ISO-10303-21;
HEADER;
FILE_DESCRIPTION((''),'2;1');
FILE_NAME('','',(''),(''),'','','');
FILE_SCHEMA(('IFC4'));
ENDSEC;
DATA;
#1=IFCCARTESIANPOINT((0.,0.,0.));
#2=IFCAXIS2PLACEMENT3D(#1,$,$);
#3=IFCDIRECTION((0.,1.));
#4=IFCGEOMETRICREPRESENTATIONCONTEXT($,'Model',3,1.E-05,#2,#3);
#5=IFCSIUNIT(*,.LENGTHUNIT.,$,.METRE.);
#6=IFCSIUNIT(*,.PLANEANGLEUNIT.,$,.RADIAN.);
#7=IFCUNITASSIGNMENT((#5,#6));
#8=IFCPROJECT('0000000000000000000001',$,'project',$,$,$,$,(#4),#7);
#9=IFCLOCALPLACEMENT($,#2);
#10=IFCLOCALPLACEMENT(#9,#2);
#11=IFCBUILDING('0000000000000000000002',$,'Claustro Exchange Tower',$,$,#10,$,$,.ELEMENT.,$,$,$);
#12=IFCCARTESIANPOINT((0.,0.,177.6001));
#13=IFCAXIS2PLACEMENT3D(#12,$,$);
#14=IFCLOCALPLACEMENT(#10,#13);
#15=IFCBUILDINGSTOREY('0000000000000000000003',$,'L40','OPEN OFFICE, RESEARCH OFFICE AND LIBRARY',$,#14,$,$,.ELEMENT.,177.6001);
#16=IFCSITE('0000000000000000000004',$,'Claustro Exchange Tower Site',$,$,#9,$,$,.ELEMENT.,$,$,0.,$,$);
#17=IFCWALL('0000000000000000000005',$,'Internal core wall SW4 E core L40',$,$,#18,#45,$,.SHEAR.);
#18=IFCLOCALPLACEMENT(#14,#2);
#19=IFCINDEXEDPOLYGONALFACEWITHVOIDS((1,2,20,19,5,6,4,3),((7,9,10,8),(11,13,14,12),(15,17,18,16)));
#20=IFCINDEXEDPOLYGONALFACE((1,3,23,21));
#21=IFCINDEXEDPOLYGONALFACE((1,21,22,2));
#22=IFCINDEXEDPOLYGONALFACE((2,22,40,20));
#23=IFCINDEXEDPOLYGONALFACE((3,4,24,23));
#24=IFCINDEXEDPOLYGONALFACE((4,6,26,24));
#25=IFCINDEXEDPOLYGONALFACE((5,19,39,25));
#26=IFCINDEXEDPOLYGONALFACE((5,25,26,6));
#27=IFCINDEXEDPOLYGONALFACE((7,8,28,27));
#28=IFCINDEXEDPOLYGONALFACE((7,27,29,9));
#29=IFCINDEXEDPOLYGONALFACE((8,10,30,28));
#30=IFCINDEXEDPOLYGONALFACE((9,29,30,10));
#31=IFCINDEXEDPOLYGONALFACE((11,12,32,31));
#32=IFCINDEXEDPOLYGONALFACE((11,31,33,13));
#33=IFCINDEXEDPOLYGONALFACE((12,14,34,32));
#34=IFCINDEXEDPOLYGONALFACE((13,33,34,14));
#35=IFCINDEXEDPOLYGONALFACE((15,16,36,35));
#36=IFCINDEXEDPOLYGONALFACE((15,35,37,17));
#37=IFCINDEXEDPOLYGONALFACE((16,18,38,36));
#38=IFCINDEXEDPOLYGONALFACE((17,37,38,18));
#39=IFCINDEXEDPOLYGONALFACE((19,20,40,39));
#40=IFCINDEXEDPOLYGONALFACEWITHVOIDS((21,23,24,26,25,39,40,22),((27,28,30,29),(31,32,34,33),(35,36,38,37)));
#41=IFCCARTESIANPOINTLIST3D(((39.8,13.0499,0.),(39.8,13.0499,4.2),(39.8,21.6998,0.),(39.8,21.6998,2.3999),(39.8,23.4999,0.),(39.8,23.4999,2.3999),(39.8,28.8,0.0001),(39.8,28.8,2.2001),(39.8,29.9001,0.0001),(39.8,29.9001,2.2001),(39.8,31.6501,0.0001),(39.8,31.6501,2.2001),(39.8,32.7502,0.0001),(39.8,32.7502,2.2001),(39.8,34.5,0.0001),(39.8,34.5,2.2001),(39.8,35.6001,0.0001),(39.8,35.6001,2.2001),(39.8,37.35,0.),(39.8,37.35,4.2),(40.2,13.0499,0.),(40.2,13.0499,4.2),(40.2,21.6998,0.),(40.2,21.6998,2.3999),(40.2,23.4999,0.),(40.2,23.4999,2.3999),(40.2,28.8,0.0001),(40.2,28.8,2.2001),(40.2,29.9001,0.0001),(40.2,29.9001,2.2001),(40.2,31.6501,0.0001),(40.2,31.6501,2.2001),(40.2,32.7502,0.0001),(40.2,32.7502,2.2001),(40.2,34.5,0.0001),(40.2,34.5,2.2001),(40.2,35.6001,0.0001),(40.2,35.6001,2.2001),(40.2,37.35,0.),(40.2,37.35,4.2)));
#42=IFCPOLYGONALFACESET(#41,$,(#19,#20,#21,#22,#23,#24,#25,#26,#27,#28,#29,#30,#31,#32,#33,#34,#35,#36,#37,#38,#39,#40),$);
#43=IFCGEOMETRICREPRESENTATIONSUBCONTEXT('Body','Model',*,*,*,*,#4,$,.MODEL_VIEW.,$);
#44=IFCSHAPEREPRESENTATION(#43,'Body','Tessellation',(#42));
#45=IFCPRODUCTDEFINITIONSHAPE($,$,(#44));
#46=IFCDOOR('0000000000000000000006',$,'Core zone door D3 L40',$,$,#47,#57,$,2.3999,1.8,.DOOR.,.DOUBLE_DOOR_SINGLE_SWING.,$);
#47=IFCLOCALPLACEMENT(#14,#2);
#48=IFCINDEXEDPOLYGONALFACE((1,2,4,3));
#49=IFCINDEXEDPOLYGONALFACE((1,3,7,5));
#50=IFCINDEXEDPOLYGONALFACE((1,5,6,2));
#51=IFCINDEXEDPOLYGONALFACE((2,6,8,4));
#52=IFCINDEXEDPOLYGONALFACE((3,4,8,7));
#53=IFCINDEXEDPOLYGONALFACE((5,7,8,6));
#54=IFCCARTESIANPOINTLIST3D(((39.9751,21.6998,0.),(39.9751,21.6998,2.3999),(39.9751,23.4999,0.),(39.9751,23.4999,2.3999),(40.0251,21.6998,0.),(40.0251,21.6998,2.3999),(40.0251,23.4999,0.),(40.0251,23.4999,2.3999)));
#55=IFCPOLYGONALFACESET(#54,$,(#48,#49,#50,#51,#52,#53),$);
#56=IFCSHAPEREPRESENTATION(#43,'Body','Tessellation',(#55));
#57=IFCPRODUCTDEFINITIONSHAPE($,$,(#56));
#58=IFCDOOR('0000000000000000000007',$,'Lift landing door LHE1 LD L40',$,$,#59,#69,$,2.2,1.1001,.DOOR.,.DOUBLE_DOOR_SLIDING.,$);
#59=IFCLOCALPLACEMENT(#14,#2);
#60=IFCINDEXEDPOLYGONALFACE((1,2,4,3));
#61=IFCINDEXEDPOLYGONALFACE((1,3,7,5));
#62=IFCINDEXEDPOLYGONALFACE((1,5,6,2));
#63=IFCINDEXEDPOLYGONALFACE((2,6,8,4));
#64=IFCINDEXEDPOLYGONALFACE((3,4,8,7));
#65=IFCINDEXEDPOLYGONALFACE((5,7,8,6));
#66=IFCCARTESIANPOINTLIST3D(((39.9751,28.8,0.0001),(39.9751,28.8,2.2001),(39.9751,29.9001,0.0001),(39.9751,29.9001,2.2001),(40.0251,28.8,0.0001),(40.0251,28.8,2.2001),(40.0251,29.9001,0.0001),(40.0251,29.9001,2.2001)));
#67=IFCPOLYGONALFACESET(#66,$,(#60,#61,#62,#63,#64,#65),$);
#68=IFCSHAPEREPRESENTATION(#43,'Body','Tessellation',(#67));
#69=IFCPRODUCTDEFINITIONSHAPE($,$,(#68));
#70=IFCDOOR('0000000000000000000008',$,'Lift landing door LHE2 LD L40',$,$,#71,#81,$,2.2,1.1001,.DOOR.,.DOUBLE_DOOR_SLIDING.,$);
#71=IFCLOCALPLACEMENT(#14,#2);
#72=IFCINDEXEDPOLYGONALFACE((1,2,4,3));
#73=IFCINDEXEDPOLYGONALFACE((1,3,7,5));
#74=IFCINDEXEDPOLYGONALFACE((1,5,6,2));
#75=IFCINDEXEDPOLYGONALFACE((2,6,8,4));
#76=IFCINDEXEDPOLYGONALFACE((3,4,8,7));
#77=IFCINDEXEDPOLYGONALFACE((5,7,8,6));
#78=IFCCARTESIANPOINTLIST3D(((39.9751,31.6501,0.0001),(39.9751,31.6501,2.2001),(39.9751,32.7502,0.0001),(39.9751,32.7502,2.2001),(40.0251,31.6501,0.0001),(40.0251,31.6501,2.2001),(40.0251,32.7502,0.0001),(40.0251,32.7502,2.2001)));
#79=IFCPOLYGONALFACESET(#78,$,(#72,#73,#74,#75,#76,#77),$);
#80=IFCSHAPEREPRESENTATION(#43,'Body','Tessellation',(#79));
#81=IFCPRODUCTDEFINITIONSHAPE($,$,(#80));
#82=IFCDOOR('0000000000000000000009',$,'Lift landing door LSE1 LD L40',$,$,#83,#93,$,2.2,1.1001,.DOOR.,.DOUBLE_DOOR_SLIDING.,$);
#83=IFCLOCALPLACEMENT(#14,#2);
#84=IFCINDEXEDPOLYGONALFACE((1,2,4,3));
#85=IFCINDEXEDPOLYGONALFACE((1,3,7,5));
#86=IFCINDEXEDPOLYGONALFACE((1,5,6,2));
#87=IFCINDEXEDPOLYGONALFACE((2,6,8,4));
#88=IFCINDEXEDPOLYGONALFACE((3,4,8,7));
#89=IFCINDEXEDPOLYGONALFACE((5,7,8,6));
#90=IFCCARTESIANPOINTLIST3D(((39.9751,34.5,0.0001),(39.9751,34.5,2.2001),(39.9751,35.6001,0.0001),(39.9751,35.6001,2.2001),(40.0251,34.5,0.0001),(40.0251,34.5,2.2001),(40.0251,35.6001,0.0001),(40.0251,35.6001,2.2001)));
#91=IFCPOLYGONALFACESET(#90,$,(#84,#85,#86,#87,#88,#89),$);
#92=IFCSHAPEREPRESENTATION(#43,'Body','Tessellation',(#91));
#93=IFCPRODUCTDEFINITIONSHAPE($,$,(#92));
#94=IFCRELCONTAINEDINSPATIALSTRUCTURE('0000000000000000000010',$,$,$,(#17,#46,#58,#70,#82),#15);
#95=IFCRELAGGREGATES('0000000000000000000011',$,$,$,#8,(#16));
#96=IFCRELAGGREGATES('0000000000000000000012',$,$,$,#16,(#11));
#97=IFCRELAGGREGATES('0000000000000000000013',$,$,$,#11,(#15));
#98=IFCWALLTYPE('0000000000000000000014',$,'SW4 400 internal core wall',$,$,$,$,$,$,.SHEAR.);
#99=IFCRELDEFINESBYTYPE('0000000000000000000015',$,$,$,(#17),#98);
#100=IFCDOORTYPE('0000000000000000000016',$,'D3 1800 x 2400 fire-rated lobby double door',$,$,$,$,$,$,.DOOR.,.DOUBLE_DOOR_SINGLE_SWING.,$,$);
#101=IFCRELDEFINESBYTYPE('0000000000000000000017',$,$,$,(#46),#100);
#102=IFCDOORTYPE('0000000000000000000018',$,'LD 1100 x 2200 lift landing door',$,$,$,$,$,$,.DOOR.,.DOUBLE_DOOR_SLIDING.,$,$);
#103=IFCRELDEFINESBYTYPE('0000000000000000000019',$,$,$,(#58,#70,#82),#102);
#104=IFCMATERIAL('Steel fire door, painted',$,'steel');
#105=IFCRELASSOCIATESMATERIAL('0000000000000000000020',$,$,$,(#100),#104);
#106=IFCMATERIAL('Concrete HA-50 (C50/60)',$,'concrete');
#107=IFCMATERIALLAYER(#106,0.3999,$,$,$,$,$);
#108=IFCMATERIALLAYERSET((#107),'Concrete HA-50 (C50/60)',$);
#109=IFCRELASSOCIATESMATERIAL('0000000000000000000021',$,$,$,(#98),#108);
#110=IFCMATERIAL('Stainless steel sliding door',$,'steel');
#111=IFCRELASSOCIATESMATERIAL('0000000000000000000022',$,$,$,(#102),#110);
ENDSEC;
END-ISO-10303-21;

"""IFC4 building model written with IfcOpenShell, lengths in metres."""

from ifc_helpers import new_model, si_unit, direction, frame, frame_2d, origin, place, context, subcontext, project, spatial, rectangle, extrude, material, layer, layer_set, type_object, element, fill, save


model = new_model("IFC4")

# Units and contexts
model_context = context("Model", 3, precision=1e-05, world=origin(), true_north=direction((0.0, 1.0)))
body_context = subcontext(model_context, "Body", "Model", "MODEL_VIEW")
ifc_project = project(units=[si_unit("LENGTHUNIT", "METRE"), si_unit("PLANEANGLEUNIT", "RADIAN")], contexts=[model_context])

# Site, building, storey
site_placement = place(None, origin())
site = spatial("IfcSite", under=ifc_project, at=site_placement, Name="Claustro Exchange Tower Site", CompositionType="ELEMENT", RefElevation=0.0)
building_placement = place(site_placement, origin())
building = spatial("IfcBuilding", under=site, at=building_placement, Name="Claustro Exchange Tower", CompositionType="ELEMENT")
storey_placement = place(building_placement, frame((0.0, 0.0, 177.6001)))
storey = spatial("IfcBuildingStorey", under=building, at=storey_placement, Name="L40", Description="OPEN OFFICE, RESEARCH OFFICE AND LIBRARY", CompositionType="ELEMENT", Elevation=177.6001)

# Shared definitions
ifc_material_1 = material(Name="Steel fire door, painted", Category="steel")
door_type_1 = type_object("IfcDoorType", Name="D3 1800 x 2400 fire-rated lobby double door", OperationType="DOUBLE_DOOR_SINGLE_SWING", PredefinedType="DOOR", material=ifc_material_1)

# Wall, openings, doors
ifc_material_2 = material(Name="Concrete HA-50 (C50/60)", Category="concrete")
ifc_layer_1 = layer(ifc_material_2, 0.3999)
ifc_layer_set_1 = layer_set([ifc_layer_1], Name="Concrete HA-50 (C50/60)")
wall_type_1 = type_object("IfcWallType", Name="SW4 400 internal core wall", PredefinedType="SHEAR", material=ifc_layer_set_1)
wall_1_placement = place(storey_placement, frame((40.0, 13.05, 0.0), z_axis=(0.0, 0.0, 1.0), x_axis=(0.0, 1.0, 0.0)))
wall_1 = element("IfcWall", 1, at=wall_1_placement, inside=storey, type_object=wall_type_1, Name="Internal core wall SW4 E core L40", PredefinedType="SHEAR", context=body_context, shape_type="SweptSolid", body=[
    extrude(rectangle(XDim=24.3, YDim=0.3999, at=frame_2d((12.1499, 0.0))), origin(), (0.0, 0.0, 1.0), 4.2),
])
opening_1_placement = place(wall_1_placement, frame((15.75, 0.0, 0.0)))
opening_1 = element("IfcOpeningElement", 2, at=opening_1_placement, cuts=wall_1, PredefinedType="OPENING", context=body_context, shape_type="SweptSolid", body=[
    extrude(rectangle(XDim=1.1001, YDim=2.2, at=frame_2d((0.55, 1.1001))), frame((0.0, 0.21, 0.0), z_axis=(0.0, -1.0, 0.0), x_axis=(1.0, 0.0, 0.0)), (0.0, 0.0, 1.0), 0.4199),
])
opening_2_placement = place(wall_1_placement, frame((18.6001, 0.0, 0.0)))
opening_2 = element("IfcOpeningElement", 3, at=opening_2_placement, cuts=wall_1, PredefinedType="OPENING", context=body_context, shape_type="SweptSolid", body=[
    extrude(rectangle(XDim=1.1001, YDim=2.2, at=frame_2d((0.55, 1.1001))), frame((0.0, 0.21, 0.0), z_axis=(0.0, -1.0, 0.0), x_axis=(1.0, 0.0, 0.0)), (0.0, 0.0, 1.0), 0.4199),
])
opening_3_placement = place(wall_1_placement, frame((21.45, 0.0, 0.0)))
opening_3 = element("IfcOpeningElement", 4, at=opening_3_placement, cuts=wall_1, PredefinedType="OPENING", context=body_context, shape_type="SweptSolid", body=[
    extrude(rectangle(XDim=1.1001, YDim=2.2, at=frame_2d((0.55, 1.1001))), frame((0.0, 0.21, 0.0), z_axis=(0.0, -1.0, 0.0), x_axis=(1.0, 0.0, 0.0)), (0.0, 0.0, 1.0), 0.4199),
])
opening_4_placement = place(wall_1_placement, frame((8.6499, 0.0, 0.0)))
opening_4 = element("IfcOpeningElement", 5, at=opening_4_placement, cuts=wall_1, PredefinedType="OPENING", context=body_context, shape_type="SweptSolid", body=[
    extrude(rectangle(XDim=1.8, YDim=2.3999, at=frame_2d((0.8999, 1.2))), frame((0.0, 0.21, 0.0), z_axis=(0.0, -1.0, 0.0), x_axis=(1.0, 0.0, 0.0)), (0.0, 0.0, 1.0), 0.4199),
])
door_1_placement = place(opening_4_placement, origin())
door_1 = element("IfcDoor", 6, at=door_1_placement, inside=storey, type_object=door_type_1, Name="Core zone door D3 L40", OperationType="DOUBLE_DOOR_SINGLE_SWING", OverallHeight=2.3999, OverallWidth=1.8, PredefinedType="DOOR", context=body_context, shape_type="SweptSolid", body=[
    extrude(rectangle(XDim=1.8, YDim=2.3999, at=frame_2d((0.8999, 1.2))), frame((0.0, 0.0249, 0.0), z_axis=(0.0, -1.0, 0.0), x_axis=(1.0, 0.0, 0.0)), (0.0, 0.0, 1.0), 0.05),
])
fill(opening_4, door_1)
ifc_material_3 = material(Name="Stainless steel sliding door", Category="steel")
door_type_2 = type_object("IfcDoorType", Name="LD 1100 x 2200 lift landing door", OperationType="DOUBLE_DOOR_SLIDING", PredefinedType="DOOR", material=ifc_material_3)
door_2_placement = place(opening_1_placement, origin())
door_2 = element("IfcDoor", 7, at=door_2_placement, inside=storey, type_object=door_type_2, Name="Lift landing door LHE1 LD L40", OperationType="DOUBLE_DOOR_SLIDING", OverallHeight=2.2, OverallWidth=1.1001, PredefinedType="DOOR", context=body_context, shape_type="SweptSolid", body=[
    extrude(rectangle(XDim=1.1001, YDim=2.2, at=frame_2d((0.55, 1.1001))), frame((0.0, 0.0249, 0.0), z_axis=(0.0, -1.0, 0.0), x_axis=(1.0, 0.0, 0.0)), (0.0, 0.0, 1.0), 0.05),
])
fill(opening_1, door_2)
door_3_placement = place(opening_2_placement, origin())
door_3 = element("IfcDoor", 8, at=door_3_placement, inside=storey, type_object=door_type_2, Name="Lift landing door LHE2 LD L40", OperationType="DOUBLE_DOOR_SLIDING", OverallHeight=2.2, OverallWidth=1.1001, PredefinedType="DOOR", context=body_context, shape_type="SweptSolid", body=[
    extrude(rectangle(XDim=1.1001, YDim=2.2, at=frame_2d((0.55, 1.1001))), frame((0.0, 0.0249, 0.0), z_axis=(0.0, -1.0, 0.0), x_axis=(1.0, 0.0, 0.0)), (0.0, 0.0, 1.0), 0.05),
])
fill(opening_2, door_3)
door_4_placement = place(opening_3_placement, origin())
door_4 = element("IfcDoor", 9, at=door_4_placement, inside=storey, type_object=door_type_2, Name="Lift landing door LSE1 LD L40", OperationType="DOUBLE_DOOR_SLIDING", OverallHeight=2.2, OverallWidth=1.1001, PredefinedType="DOOR", context=body_context, shape_type="SweptSolid", body=[
    extrude(rectangle(XDim=1.1001, YDim=2.2, at=frame_2d((0.55, 1.1001))), frame((0.0, 0.0249, 0.0), z_axis=(0.0, -1.0, 0.0), x_axis=(1.0, 0.0, 0.0)), (0.0, 0.0, 1.0), 0.05),
])
fill(opening_3, door_4)

save(model, "model.ifc")
